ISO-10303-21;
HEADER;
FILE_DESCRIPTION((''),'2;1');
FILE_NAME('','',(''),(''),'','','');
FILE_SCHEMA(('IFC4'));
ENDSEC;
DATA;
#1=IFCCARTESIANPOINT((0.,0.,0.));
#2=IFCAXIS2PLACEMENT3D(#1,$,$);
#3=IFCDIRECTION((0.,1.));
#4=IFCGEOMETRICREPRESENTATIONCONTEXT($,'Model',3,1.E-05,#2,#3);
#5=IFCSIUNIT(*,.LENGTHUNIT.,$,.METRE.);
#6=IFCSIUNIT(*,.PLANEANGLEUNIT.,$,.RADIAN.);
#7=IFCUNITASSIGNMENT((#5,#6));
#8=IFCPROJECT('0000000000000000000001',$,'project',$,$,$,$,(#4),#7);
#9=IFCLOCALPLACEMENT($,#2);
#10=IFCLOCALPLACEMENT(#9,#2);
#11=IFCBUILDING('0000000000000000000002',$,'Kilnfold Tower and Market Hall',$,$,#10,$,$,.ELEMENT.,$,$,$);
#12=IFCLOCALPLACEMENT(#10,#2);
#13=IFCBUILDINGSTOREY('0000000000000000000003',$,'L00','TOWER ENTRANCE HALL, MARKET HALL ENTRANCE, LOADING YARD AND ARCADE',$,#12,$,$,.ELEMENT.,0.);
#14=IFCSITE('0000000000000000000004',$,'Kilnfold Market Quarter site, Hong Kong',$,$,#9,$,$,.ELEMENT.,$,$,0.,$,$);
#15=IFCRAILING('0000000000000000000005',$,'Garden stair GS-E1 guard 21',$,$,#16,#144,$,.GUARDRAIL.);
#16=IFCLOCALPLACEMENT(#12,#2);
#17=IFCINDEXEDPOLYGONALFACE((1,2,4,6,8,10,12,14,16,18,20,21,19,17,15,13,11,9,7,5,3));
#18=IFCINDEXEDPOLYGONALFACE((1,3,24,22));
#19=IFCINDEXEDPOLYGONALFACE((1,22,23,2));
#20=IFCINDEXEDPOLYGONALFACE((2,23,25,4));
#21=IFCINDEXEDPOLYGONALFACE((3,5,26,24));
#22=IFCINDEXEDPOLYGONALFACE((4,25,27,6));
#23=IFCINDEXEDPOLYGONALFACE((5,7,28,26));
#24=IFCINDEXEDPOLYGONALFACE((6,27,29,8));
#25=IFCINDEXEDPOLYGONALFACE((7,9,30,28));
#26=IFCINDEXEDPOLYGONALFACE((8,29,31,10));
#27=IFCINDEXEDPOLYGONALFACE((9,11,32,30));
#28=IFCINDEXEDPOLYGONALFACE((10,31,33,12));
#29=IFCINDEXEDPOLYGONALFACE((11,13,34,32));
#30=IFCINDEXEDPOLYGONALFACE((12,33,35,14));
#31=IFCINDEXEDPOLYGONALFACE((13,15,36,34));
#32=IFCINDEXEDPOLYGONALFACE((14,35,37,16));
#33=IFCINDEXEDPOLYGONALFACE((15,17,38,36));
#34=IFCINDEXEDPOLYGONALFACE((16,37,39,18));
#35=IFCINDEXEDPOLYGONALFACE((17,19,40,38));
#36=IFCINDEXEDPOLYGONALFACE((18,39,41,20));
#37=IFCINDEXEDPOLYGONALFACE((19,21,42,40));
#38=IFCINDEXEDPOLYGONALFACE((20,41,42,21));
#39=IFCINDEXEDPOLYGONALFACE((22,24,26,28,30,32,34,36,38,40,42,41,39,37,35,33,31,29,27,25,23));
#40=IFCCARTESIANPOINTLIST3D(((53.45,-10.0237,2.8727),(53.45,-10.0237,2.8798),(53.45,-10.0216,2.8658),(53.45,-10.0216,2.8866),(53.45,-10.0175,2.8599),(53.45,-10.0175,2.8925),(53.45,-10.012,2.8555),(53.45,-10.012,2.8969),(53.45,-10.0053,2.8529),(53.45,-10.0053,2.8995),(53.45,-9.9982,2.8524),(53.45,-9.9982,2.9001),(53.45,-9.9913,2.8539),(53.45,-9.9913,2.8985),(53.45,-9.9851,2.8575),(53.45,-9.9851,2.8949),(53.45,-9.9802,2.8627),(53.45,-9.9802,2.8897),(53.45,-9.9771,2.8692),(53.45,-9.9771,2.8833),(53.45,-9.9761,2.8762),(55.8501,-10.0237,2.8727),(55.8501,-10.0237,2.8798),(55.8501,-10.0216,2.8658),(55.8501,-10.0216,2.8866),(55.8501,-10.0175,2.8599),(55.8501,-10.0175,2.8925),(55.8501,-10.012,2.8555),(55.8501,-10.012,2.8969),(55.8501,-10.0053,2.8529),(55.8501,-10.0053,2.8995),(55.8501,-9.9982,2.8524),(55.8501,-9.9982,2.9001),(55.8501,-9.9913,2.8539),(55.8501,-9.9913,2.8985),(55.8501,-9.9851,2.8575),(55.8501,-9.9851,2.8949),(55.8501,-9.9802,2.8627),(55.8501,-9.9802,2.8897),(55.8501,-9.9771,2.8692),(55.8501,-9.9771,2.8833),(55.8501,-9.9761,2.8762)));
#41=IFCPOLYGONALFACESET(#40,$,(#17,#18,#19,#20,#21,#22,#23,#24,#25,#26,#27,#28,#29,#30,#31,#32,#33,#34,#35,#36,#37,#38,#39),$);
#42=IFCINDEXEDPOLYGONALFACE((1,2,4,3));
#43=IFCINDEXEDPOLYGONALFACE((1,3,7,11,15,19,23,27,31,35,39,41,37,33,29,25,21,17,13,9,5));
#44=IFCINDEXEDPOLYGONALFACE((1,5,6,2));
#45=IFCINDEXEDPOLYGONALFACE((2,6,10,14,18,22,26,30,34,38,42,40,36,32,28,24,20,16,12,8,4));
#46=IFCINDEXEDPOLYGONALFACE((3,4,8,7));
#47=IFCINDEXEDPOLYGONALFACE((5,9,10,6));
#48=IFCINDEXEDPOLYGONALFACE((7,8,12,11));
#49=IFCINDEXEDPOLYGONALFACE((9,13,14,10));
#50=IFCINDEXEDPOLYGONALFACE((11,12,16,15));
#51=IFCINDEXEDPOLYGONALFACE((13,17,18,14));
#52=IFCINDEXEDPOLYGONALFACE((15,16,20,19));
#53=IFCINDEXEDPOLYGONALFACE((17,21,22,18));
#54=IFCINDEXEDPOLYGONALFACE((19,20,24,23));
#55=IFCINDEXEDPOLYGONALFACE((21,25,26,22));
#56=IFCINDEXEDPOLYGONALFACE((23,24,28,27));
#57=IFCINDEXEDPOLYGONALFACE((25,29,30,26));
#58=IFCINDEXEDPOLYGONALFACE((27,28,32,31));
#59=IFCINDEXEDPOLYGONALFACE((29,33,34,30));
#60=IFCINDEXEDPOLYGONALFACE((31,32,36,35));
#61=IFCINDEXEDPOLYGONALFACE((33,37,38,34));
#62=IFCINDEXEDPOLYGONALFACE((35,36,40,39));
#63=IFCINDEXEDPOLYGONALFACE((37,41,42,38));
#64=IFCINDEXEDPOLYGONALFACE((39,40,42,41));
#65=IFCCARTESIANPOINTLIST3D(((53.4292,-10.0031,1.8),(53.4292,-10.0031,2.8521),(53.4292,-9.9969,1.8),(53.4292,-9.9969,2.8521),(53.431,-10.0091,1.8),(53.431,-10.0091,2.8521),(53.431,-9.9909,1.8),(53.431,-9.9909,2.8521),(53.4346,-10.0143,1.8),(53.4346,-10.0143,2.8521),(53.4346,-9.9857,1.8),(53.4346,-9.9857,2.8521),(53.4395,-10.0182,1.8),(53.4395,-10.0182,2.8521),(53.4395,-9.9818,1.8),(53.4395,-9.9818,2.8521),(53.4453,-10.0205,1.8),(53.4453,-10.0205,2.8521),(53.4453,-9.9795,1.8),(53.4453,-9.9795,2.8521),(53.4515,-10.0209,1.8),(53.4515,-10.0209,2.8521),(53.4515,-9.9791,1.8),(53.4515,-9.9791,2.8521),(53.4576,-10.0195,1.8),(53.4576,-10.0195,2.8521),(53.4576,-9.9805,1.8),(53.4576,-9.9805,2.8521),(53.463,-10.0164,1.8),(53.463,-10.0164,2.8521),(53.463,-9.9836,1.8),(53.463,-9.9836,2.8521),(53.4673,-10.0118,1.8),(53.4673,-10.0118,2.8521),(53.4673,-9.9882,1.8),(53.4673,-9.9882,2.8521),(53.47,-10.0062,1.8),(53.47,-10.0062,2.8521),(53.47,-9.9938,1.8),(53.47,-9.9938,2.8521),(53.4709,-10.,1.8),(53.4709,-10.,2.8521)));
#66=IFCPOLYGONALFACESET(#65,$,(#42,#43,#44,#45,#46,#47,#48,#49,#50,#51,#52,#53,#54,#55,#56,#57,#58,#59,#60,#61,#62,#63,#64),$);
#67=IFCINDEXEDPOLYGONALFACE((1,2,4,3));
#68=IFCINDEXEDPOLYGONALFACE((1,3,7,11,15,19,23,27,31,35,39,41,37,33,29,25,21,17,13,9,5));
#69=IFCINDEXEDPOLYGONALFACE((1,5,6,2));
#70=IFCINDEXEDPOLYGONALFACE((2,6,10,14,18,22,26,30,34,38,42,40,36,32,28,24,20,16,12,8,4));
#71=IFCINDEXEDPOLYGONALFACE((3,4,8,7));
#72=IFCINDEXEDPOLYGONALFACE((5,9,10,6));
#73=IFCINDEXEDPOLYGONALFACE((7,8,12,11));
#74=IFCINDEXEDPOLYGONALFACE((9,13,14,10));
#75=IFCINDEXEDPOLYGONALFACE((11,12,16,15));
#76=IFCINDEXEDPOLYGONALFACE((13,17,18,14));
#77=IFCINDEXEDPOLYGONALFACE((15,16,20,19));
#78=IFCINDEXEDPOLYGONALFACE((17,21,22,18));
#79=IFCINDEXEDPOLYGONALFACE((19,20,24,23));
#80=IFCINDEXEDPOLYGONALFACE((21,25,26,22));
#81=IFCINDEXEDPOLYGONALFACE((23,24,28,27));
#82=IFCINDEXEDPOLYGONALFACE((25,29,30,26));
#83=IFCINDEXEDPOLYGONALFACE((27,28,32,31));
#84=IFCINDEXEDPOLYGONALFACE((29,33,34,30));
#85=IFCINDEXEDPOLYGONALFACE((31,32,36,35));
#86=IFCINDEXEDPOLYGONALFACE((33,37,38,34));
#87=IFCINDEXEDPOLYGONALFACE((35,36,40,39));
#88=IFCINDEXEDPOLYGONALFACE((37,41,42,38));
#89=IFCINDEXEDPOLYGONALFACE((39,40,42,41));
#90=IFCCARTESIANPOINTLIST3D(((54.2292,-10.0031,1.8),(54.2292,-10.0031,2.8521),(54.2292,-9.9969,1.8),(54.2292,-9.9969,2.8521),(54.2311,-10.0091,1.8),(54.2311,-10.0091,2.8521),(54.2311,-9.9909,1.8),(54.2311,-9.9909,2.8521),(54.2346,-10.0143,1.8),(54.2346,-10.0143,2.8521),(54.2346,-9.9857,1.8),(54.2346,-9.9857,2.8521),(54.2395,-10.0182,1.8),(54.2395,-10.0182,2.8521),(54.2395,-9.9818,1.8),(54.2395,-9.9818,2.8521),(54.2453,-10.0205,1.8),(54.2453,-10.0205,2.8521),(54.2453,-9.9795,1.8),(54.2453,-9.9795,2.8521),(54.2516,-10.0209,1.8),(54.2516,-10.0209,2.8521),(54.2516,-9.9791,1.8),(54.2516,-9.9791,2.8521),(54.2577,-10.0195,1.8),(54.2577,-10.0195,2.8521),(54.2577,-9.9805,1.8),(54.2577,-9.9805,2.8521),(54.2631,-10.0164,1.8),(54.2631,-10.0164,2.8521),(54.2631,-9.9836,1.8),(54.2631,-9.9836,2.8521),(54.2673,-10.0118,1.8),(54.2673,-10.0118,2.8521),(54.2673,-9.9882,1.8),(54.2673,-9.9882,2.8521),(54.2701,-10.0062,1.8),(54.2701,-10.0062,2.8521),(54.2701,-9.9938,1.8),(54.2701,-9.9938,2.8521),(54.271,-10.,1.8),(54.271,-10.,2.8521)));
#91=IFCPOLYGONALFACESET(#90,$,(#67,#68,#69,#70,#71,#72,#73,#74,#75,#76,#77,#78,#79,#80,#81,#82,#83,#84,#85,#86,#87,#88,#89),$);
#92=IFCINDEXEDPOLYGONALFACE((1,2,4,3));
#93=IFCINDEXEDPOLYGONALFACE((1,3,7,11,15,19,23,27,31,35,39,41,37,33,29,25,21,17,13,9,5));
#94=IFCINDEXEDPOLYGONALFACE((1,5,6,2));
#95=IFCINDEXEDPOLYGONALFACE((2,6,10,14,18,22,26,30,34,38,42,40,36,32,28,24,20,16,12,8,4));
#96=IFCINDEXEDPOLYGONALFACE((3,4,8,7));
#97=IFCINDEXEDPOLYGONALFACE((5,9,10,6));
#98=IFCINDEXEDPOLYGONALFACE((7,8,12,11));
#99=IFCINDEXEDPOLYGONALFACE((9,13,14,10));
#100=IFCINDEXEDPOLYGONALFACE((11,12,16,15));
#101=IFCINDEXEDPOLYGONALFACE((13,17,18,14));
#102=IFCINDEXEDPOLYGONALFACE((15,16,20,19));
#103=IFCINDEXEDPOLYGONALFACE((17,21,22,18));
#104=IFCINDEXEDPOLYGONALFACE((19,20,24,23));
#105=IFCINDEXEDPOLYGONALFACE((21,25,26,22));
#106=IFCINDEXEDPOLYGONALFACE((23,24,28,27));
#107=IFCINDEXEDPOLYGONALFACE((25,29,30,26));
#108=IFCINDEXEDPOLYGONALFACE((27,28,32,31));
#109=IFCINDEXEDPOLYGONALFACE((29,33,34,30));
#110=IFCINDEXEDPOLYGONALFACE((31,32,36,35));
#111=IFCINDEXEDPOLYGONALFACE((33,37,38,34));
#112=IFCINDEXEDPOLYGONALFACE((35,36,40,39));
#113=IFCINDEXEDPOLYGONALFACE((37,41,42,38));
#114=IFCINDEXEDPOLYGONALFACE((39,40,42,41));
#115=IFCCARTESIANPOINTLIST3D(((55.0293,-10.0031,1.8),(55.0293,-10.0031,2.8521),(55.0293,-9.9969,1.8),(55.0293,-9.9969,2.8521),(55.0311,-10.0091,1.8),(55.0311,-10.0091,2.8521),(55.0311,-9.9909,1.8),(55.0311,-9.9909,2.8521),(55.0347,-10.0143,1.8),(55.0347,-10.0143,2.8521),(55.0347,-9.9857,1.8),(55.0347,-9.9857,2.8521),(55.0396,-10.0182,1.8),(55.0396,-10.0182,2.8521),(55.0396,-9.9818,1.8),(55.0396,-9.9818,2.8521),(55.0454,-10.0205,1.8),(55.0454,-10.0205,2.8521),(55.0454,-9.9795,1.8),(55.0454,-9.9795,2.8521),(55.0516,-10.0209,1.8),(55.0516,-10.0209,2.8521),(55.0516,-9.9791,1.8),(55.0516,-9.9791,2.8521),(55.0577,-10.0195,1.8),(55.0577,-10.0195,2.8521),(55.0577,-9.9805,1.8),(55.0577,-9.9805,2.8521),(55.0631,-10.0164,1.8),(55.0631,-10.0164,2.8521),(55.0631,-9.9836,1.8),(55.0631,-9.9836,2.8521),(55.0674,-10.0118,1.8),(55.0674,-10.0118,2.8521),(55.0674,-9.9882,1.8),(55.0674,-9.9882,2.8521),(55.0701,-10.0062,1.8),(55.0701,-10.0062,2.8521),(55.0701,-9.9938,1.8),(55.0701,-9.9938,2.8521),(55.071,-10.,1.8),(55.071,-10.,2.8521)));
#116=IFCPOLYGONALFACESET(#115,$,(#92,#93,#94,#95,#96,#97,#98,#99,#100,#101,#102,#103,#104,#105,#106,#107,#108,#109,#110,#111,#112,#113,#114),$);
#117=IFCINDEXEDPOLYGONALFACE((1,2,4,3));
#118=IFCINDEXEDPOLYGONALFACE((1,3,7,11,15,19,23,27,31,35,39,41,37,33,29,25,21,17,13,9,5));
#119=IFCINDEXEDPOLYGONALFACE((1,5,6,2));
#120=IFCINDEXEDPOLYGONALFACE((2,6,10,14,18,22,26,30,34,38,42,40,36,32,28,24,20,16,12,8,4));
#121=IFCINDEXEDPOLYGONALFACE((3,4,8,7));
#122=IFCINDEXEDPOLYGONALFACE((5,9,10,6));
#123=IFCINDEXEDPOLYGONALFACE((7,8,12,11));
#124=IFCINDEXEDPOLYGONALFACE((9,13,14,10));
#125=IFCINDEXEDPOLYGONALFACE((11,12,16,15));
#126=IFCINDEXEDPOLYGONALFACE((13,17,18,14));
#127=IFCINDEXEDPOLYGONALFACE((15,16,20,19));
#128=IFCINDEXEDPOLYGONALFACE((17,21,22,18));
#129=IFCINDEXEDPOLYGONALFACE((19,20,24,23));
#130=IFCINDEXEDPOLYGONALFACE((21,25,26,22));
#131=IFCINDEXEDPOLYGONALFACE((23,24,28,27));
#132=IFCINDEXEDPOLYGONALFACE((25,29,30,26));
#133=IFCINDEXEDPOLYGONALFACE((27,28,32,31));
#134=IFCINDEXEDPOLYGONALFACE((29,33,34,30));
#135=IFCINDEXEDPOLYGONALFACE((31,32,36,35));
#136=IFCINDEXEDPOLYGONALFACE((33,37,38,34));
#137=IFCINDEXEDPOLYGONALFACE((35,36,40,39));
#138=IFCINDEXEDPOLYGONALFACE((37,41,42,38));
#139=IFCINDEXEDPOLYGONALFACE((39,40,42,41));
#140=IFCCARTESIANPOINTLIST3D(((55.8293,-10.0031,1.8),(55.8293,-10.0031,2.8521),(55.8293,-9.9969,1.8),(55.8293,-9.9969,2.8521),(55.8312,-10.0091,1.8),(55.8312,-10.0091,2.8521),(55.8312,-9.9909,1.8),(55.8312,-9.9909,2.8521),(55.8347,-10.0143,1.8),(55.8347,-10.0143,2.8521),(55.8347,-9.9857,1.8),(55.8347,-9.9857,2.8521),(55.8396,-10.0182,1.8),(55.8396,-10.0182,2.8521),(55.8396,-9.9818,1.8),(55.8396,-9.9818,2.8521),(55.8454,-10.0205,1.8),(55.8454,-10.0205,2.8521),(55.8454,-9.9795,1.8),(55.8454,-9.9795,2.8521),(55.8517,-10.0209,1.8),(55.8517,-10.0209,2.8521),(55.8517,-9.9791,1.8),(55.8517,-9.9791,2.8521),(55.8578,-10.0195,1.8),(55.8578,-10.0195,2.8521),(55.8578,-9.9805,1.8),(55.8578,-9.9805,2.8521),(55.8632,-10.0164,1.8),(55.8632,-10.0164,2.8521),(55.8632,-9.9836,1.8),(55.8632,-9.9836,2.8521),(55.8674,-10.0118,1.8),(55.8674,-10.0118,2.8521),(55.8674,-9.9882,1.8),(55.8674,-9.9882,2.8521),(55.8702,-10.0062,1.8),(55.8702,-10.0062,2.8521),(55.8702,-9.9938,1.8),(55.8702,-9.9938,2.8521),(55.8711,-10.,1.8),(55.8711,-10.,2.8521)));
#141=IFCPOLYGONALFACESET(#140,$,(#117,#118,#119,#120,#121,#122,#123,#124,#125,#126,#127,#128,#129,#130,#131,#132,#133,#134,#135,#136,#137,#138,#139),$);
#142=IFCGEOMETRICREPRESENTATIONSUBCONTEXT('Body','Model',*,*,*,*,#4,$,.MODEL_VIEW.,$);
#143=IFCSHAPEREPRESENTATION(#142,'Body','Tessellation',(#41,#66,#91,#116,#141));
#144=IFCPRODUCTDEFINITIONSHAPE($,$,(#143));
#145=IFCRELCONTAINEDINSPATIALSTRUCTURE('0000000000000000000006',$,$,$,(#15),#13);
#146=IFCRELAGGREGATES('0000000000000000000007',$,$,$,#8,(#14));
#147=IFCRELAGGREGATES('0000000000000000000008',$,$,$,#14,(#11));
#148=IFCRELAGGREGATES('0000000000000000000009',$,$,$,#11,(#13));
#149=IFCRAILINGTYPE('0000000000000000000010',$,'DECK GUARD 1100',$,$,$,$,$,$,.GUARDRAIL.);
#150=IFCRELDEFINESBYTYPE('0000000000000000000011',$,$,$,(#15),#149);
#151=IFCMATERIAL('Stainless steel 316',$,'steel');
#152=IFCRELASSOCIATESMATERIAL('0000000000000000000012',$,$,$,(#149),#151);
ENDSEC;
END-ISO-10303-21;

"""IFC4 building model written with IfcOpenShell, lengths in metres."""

from ifc_helpers import new_model, si_unit, direction, frame, origin, origin_2d, place, context, subcontext, project, spatial, circle, extrude, material, type_object, element, save


model = new_model("IFC4")

# Units and contexts
model_context = context("Model", 3, precision=1e-05, world=origin(), true_north=direction((0.0, 1.0)))
body_context = subcontext(model_context, "Body", "Model", "MODEL_VIEW")
ifc_project = project(units=[si_unit("LENGTHUNIT", "METRE"), si_unit("PLANEANGLEUNIT", "RADIAN")], contexts=[model_context])

# Site, building, storey
site_placement = place(None, origin())
site = spatial("IfcSite", under=ifc_project, at=site_placement, Name="Kilnfold Market Quarter site, Hong Kong", CompositionType="ELEMENT", RefElevation=0.0)
building_placement = place(site_placement, origin())
building = spatial("IfcBuilding", under=site, at=building_placement, Name="Kilnfold Tower and Market Hall", CompositionType="ELEMENT")
storey_placement = place(building_placement, origin())
storey = spatial("IfcBuildingStorey", under=building, at=storey_placement, Name="L00", Description="TOWER ENTRANCE HALL, MARKET HALL ENTRANCE, LOADING YARD AND ARCADE", CompositionType="ELEMENT", Elevation=0.0)

# Railing
ifc_material_1 = material(Name="Stainless steel 316", Category="steel")
railing_type = type_object("IfcRailingType", Name="DECK GUARD 1100", PredefinedType="GUARDRAIL", material=ifc_material_1)
railing_1_placement = place(storey_placement, frame((53.45, -10.0, 1.8)))
element("IfcRailing", 1, at=railing_1_placement, inside=storey, type_object=railing_type, Name="Garden stair GS-E1 guard 21", PredefinedType="GUARDRAIL", context=body_context, shape_type="SweptSolid", body=[
    extrude(circle(Radius=0.0239, at=origin_2d()), frame((0.0, 0.0, 1.0762), z_axis=(1.0, 0.0, 0.0), x_axis=(0.0, 1.0, 0.0)), (0.0, 0.0, 1.0), 2.4001),
    extrude(circle(Radius=0.021, at=origin_2d()), origin(), (0.0, 0.0, 1.0), 1.052),
    extrude(circle(Radius=0.021, at=origin_2d()), frame((0.8, 0.0, 0.0)), (0.0, 0.0, 1.0), 1.052),
    extrude(circle(Radius=0.021, at=origin_2d()), frame((1.6001, 0.0, 0.0)), (0.0, 0.0, 1.0), 1.052),
    extrude(circle(Radius=0.021, at=origin_2d()), frame((2.4001, 0.0, 0.0)), (0.0, 0.0, 1.0), 1.052),
])

save(model, "model.ifc")
